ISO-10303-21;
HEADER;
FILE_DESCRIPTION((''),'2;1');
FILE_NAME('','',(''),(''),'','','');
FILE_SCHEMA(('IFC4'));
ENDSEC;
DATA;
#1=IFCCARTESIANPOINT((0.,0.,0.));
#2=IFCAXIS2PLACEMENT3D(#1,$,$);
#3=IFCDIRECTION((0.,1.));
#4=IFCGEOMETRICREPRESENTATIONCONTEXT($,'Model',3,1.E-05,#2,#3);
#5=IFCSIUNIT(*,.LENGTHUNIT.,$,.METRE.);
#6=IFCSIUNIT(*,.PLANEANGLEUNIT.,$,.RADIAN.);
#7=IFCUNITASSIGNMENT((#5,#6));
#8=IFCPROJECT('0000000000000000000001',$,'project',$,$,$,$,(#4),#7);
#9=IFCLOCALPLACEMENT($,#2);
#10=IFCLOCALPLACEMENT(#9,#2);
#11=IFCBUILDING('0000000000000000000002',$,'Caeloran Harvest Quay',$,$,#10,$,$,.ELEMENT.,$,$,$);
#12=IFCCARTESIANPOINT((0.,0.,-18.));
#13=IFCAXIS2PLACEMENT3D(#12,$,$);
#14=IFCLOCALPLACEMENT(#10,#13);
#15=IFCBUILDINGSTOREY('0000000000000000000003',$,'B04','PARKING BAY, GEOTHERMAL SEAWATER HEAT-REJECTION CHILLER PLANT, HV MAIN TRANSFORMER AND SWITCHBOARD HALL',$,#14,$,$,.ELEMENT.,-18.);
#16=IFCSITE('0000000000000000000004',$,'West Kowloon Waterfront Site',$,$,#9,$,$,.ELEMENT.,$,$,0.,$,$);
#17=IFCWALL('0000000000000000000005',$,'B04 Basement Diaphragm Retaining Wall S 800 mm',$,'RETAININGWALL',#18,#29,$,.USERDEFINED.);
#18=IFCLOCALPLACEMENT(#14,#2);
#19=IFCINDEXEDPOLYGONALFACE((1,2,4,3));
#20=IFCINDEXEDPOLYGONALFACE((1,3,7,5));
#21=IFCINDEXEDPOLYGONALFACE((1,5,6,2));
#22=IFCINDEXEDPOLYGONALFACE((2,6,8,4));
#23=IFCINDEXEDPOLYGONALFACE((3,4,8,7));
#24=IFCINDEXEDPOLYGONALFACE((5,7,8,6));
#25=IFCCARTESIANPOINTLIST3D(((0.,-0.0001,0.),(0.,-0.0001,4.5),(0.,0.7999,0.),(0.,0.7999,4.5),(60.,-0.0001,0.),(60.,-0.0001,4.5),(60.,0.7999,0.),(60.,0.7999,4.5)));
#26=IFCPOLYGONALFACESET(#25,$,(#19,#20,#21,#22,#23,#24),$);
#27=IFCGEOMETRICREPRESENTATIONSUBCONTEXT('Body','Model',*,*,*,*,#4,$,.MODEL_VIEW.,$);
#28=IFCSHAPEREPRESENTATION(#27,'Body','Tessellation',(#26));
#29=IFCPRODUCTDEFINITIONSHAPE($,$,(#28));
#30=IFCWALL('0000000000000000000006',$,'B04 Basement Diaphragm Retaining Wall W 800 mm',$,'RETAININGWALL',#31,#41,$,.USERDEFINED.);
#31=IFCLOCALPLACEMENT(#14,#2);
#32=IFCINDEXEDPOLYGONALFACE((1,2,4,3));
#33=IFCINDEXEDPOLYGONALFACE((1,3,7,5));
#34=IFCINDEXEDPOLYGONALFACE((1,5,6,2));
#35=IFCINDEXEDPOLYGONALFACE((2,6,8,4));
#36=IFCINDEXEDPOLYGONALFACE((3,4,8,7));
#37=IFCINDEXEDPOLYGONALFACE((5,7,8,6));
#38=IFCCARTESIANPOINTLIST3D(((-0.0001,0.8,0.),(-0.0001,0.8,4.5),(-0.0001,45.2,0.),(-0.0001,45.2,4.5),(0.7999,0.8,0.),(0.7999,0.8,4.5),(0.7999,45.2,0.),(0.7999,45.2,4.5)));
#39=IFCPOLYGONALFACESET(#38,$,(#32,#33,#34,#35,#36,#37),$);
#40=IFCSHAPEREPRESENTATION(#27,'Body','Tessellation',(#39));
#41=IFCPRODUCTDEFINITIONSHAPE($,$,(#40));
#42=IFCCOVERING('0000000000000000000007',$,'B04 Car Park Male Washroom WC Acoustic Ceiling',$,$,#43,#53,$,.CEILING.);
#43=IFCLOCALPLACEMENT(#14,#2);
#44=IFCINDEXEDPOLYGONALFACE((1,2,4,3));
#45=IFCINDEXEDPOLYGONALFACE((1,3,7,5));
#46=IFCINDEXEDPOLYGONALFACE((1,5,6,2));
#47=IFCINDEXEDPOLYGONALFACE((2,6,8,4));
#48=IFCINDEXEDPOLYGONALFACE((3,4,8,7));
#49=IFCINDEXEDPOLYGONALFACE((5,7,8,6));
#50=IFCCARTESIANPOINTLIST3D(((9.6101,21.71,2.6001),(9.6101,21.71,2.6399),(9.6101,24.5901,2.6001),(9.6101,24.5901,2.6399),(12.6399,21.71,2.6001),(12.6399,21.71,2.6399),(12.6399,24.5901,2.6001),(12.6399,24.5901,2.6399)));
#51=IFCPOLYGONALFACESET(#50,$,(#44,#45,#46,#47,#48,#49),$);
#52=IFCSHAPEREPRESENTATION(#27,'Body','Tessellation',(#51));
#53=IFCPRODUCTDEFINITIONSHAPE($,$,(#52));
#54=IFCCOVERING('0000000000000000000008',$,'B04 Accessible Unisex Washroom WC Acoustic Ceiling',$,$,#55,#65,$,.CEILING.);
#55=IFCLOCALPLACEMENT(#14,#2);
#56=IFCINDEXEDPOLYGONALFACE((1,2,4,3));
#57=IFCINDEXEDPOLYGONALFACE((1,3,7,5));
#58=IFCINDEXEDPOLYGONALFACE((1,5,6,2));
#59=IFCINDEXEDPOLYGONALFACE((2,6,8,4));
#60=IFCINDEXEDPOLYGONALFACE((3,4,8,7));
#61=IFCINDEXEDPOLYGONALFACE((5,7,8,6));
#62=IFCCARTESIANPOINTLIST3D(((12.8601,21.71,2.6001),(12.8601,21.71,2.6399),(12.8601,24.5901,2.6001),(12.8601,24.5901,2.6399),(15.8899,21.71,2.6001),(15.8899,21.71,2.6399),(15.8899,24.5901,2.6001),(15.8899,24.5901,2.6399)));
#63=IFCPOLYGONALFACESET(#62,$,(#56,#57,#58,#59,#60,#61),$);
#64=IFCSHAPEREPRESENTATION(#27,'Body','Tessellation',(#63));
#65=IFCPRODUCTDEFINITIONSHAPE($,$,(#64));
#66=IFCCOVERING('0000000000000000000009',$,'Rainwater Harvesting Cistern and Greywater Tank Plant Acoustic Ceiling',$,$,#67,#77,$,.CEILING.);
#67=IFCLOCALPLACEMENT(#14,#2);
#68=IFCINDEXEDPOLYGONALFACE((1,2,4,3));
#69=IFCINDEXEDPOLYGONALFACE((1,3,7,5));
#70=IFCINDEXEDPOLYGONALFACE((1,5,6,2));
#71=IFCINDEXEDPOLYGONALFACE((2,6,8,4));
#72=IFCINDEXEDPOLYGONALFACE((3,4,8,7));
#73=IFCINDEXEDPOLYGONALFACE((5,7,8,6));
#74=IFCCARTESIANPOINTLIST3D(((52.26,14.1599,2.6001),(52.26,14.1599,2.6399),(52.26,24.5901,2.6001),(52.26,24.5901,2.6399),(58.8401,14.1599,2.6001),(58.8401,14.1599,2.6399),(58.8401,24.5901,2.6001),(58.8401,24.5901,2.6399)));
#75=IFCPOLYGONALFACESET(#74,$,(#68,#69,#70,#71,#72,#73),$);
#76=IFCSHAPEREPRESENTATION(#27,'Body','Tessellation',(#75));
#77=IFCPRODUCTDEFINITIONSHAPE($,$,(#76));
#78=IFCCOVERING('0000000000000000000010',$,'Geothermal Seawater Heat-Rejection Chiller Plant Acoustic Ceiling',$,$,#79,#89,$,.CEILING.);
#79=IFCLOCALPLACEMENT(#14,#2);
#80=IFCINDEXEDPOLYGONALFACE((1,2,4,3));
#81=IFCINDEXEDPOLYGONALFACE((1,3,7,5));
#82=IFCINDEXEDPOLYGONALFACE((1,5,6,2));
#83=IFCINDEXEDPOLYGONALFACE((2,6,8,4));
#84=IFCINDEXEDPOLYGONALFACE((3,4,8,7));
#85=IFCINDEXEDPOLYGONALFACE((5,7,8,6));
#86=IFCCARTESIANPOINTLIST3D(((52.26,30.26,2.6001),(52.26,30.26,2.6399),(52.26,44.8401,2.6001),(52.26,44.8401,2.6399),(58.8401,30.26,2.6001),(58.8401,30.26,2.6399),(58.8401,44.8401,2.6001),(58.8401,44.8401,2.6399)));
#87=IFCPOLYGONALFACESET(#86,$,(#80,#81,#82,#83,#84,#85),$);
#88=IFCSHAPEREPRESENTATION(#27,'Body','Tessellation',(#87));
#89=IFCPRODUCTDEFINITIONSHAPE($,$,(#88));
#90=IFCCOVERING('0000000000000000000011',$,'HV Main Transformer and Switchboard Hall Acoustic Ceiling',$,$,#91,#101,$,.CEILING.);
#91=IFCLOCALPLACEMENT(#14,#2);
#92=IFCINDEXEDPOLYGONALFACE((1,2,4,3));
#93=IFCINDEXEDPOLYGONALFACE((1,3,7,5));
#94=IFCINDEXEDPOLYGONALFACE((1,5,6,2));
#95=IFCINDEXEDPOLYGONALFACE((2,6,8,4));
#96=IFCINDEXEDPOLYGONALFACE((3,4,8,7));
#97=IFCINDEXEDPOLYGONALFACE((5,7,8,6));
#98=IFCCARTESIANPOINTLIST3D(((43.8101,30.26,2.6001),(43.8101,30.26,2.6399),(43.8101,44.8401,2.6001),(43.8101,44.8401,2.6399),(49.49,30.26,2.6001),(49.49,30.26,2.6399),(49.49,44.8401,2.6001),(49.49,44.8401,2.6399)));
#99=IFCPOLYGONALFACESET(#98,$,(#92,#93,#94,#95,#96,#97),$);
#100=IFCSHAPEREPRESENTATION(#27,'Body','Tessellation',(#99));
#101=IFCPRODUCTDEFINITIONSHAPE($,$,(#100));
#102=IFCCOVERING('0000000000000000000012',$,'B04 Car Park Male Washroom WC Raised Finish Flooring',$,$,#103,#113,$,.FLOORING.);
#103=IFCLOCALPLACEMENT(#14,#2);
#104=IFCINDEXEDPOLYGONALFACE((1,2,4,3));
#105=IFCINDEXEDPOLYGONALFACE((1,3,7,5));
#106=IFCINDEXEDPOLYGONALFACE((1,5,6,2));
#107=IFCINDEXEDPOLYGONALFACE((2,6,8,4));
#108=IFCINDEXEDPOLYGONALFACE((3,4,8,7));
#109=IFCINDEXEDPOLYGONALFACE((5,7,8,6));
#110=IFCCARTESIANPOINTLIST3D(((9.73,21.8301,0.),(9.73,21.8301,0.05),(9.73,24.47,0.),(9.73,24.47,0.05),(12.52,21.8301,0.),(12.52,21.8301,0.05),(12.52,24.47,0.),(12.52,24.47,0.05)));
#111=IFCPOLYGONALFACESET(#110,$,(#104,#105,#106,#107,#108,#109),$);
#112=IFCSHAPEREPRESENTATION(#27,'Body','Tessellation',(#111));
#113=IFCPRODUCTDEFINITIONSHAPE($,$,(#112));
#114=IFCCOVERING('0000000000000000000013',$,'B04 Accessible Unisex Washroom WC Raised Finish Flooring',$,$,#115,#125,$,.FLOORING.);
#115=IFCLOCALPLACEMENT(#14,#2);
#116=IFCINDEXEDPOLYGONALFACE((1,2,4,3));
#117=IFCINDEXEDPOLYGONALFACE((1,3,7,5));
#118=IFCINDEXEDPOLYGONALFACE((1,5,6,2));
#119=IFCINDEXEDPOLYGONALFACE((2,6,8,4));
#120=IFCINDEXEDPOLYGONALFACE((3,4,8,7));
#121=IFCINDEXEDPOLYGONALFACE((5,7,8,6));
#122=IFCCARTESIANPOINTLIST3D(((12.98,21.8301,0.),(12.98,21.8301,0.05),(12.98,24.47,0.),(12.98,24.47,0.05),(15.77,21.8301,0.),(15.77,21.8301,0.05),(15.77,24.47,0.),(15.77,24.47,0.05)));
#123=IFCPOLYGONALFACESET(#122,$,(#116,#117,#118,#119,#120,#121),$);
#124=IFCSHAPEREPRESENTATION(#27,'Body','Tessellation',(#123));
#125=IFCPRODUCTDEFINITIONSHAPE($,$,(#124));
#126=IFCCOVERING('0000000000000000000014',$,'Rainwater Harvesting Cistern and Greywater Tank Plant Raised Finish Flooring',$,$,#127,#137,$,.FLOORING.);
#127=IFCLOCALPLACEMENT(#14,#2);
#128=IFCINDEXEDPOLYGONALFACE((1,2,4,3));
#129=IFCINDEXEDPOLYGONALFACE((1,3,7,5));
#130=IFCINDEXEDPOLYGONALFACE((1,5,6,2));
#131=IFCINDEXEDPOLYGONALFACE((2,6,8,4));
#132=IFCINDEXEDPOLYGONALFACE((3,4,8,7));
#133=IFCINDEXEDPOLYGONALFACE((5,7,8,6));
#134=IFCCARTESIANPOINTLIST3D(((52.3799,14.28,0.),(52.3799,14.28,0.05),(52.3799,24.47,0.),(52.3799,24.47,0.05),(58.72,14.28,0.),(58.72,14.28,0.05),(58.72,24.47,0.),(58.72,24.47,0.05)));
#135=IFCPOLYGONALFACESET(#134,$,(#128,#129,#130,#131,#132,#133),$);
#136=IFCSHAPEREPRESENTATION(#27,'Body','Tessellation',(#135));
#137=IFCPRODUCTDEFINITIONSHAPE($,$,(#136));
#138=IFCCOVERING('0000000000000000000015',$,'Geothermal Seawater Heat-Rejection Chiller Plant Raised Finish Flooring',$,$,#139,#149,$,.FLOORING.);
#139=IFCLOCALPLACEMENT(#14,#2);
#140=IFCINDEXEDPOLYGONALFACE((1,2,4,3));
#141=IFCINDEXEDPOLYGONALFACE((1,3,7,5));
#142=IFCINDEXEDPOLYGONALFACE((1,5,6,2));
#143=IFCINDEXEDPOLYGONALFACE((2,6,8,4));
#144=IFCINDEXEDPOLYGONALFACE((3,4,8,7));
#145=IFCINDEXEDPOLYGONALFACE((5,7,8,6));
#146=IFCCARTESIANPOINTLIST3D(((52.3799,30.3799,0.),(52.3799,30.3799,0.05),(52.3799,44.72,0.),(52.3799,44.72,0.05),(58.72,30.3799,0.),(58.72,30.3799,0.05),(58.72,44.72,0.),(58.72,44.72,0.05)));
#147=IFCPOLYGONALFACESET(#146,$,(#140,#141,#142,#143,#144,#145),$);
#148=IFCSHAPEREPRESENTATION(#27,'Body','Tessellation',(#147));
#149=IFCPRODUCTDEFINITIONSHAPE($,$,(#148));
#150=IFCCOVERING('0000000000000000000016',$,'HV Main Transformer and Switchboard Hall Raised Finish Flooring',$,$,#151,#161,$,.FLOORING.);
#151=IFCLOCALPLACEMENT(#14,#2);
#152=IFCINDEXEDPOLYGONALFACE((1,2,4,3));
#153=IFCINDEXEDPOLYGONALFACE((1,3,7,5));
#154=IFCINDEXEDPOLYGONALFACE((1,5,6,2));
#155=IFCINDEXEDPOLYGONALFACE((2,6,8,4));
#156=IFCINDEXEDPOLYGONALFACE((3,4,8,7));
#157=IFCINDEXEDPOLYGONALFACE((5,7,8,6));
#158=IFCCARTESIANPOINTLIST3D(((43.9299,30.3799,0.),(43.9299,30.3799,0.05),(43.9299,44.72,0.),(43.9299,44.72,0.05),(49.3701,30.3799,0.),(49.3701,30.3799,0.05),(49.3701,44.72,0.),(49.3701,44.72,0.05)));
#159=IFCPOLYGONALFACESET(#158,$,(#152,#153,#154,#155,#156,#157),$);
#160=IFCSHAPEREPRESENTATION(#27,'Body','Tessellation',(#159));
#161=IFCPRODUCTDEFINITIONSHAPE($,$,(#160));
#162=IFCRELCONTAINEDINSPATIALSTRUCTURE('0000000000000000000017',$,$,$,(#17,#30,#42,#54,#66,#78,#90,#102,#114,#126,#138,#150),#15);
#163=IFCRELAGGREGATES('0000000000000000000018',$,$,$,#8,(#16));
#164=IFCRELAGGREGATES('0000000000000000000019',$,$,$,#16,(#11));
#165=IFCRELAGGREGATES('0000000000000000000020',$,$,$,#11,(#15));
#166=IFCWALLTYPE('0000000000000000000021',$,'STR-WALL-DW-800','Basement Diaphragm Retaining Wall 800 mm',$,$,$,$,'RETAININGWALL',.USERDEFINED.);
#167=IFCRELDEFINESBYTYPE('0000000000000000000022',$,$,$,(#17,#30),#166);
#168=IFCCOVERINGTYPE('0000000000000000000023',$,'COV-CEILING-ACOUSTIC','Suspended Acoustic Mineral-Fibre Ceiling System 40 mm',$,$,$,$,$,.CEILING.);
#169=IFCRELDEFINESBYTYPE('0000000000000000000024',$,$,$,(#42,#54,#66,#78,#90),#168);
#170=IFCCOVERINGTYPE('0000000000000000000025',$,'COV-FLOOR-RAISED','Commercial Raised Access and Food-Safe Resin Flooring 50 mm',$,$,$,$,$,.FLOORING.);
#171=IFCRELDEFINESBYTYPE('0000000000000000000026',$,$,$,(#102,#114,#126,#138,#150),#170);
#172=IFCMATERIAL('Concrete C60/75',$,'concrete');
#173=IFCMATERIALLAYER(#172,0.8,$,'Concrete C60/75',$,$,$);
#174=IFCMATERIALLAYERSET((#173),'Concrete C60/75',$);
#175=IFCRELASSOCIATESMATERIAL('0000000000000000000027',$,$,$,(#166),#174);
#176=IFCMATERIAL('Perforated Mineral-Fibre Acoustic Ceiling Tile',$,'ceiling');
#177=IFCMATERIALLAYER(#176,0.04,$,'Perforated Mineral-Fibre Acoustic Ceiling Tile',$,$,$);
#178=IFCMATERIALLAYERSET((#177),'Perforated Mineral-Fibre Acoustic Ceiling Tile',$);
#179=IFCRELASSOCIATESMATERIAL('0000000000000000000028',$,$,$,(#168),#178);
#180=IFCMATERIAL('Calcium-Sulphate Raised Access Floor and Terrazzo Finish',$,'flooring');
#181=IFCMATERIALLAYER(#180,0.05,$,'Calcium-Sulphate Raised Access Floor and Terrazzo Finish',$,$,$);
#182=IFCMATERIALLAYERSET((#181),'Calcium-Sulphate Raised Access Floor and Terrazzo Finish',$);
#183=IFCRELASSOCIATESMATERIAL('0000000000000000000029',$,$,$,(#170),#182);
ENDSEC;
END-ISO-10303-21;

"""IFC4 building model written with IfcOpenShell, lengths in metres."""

from ifc_helpers import new_model, si_unit, direction, frame, frame_2d, origin, place, context, subcontext, project, spatial, polyline, rectangle, outline, extrude, material, layer, layer_set, type_object, element, save


model = new_model("IFC4")

# Units and contexts
model_context = context("Model", 3, precision=1e-05, world=origin(), true_north=direction((0.0, 1.0)))
body_context = subcontext(model_context, "Body", "Model", "MODEL_VIEW")
ifc_project = project(units=[si_unit("LENGTHUNIT", "METRE"), si_unit("PLANEANGLEUNIT", "RADIAN")], contexts=[model_context])

# Site, building, storey
site_placement = place(None, origin())
site = spatial("IfcSite", under=ifc_project, at=site_placement, Name="West Kowloon Waterfront Site", CompositionType="ELEMENT", RefElevation=0.0)
building_placement = place(site_placement, origin())
building = spatial("IfcBuilding", under=site, at=building_placement, Name="Caeloran Harvest Quay", CompositionType="ELEMENT")
storey_placement = place(building_placement, frame((0.0, 0.0, -18.0)))
storey = spatial("IfcBuildingStorey", under=building, at=storey_placement, Name="B04", Description="PARKING BAY, GEOTHERMAL SEAWATER HEAT-REJECTION CHILLER PLANT, HV MAIN TRANSFORMER AND SWITCHBOARD HALL", CompositionType="ELEMENT", Elevation=-18.0)

# Shared definitions
ifc_material_1 = material(Name="Concrete C60/75", Category="concrete")

# Walls
ifc_layer_1 = layer(ifc_material_1, 0.8, Name="Concrete C60/75")
ifc_layer_set_1 = layer_set([ifc_layer_1], Name="Concrete C60/75")
wall_type = type_object("IfcWallType", Name="STR-WALL-DW-800", Description="Basement Diaphragm Retaining Wall 800 mm", ElementType="RETAININGWALL", PredefinedType="USERDEFINED", material=ifc_layer_set_1)
wall_1_placement = place(storey_placement, frame((0.0, 0.3999, 0.0), z_axis=(0.0, 0.0, 1.0), x_axis=(1.0, 0.0, 0.0)))
element("IfcWall", 1, at=wall_1_placement, inside=storey, type_object=wall_type, Name="B04 Basement Diaphragm Retaining Wall S 800 mm", ObjectType="RETAININGWALL", PredefinedType="USERDEFINED", context=body_context, shape_type="SweptSolid", body=[
    extrude(rectangle(XDim=60.0, YDim=0.8, at=frame_2d((30.0, 0.0))), origin(), (0.0, 0.0, 1.0), 4.5),
])
wall_2_placement = place(storey_placement, frame((0.3999, 0.8, 0.0), z_axis=(0.0, 0.0, 1.0), x_axis=(0.0, 1.0, 0.0)))
element("IfcWall", 2, at=wall_2_placement, inside=storey, type_object=wall_type, Name="B04 Basement Diaphragm Retaining Wall W 800 mm", ObjectType="RETAININGWALL", PredefinedType="USERDEFINED", context=body_context, shape_type="SweptSolid", body=[
    extrude(rectangle(XDim=44.3999, YDim=0.8, at=frame_2d((22.2, 0.0))), origin(), (0.0, 0.0, 1.0), 4.5),
])

# Coverings
ifc_material_2 = material(Name="Perforated Mineral-Fibre Acoustic Ceiling Tile", Category="ceiling")
ifc_layer_2 = layer(ifc_material_2, 0.04, Name="Perforated Mineral-Fibre Acoustic Ceiling Tile")
ifc_layer_set_2 = layer_set([ifc_layer_2], Name="Perforated Mineral-Fibre Acoustic Ceiling Tile")
covering_type_1 = type_object("IfcCoveringType", Name="COV-CEILING-ACOUSTIC", Description="Suspended Acoustic Mineral-Fibre Ceiling System 40 mm", PredefinedType="CEILING", material=ifc_layer_set_2)
covering_1_placement = place(storey_placement, frame((0.0, 0.0, 2.6001)))
element("IfcCovering", 3, at=covering_1_placement, inside=storey, type_object=covering_type_1, Name="B04 Car Park Male Washroom WC Acoustic Ceiling", PredefinedType="CEILING", context=body_context, shape_type="SweptSolid", body=[
    extrude(outline(polyline([(12.6399, 24.5901), (12.6399, 21.71), (9.6101, 21.71), (9.6101, 24.5901), (12.6399, 24.5901)])), origin(), (0.0, 0.0, 1.0), 0.0398),
])
covering_2_placement = place(storey_placement, frame((0.0, 0.0, 2.6001)))
element("IfcCovering", 4, at=covering_2_placement, inside=storey, type_object=covering_type_1, Name="B04 Accessible Unisex Washroom WC Acoustic Ceiling", PredefinedType="CEILING", context=body_context, shape_type="SweptSolid", body=[
    extrude(outline(polyline([(15.8899, 24.5901), (15.8899, 21.71), (12.8601, 21.71), (12.8601, 24.5901), (15.8899, 24.5901)])), origin(), (0.0, 0.0, 1.0), 0.0398),
])
covering_3_placement = place(storey_placement, frame((0.0, 0.0, 2.6001)))
element("IfcCovering", 5, at=covering_3_placement, inside=storey, type_object=covering_type_1, Name="Rainwater Harvesting Cistern and Greywater Tank Plant Acoustic Ceiling", PredefinedType="CEILING", context=body_context, shape_type="SweptSolid", body=[
    extrude(outline(polyline([(58.8401, 24.5901), (58.8401, 14.1599), (52.26, 14.1599), (52.26, 24.5901), (58.8401, 24.5901)])), origin(), (0.0, 0.0, 1.0), 0.0398),
])
covering_4_placement = place(storey_placement, frame((0.0, 0.0, 2.6001)))
element("IfcCovering", 6, at=covering_4_placement, inside=storey, type_object=covering_type_1, Name="Geothermal Seawater Heat-Rejection Chiller Plant Acoustic Ceiling", PredefinedType="CEILING", context=body_context, shape_type="SweptSolid", body=[
    extrude(outline(polyline([(58.8401, 44.8401), (58.8401, 30.26), (52.26, 30.26), (52.26, 44.8401), (58.8401, 44.8401)])), origin(), (0.0, 0.0, 1.0), 0.0398),
])
covering_5_placement = place(storey_placement, frame((0.0, 0.0, 2.6001)))
element("IfcCovering", 7, at=covering_5_placement, inside=storey, type_object=covering_type_1, Name="HV Main Transformer and Switchboard Hall Acoustic Ceiling", PredefinedType="CEILING", context=body_context, shape_type="SweptSolid", body=[
    extrude(outline(polyline([(49.49, 44.8401), (49.49, 30.26), (43.8101, 30.26), (43.8101, 44.8401), (49.49, 44.8401)])), origin(), (0.0, 0.0, 1.0), 0.0398),
])
ifc_material_3 = material(Name="Calcium-Sulphate Raised Access Floor and Terrazzo Finish", Category="flooring")
ifc_layer_3 = layer(ifc_material_3, 0.05, Name="Calcium-Sulphate Raised Access Floor and Terrazzo Finish")
ifc_layer_set_3 = layer_set([ifc_layer_3], Name="Calcium-Sulphate Raised Access Floor and Terrazzo Finish")
covering_type_2 = type_object("IfcCoveringType", Name="COV-FLOOR-RAISED", Description="Commercial Raised Access and Food-Safe Resin Flooring 50 mm", PredefinedType="FLOORING", material=ifc_layer_set_3)
covering_6_placement = place(storey_placement, origin())
element("IfcCovering", 8, at=covering_6_placement, inside=storey, type_object=covering_type_2, Name="B04 Car Park Male Washroom WC Raised Finish Flooring", PredefinedType="FLOORING", context=body_context, shape_type="SweptSolid", body=[
    extrude(outline(polyline([(12.52, 24.47), (12.52, 21.8301), (9.73, 21.8301), (9.73, 24.47), (12.52, 24.47)])), origin(), (0.0, 0.0, 1.0), 0.05),
])
covering_7_placement = place(storey_placement, origin())
element("IfcCovering", 9, at=covering_7_placement, inside=storey, type_object=covering_type_2, Name="B04 Accessible Unisex Washroom WC Raised Finish Flooring", PredefinedType="FLOORING", context=body_context, shape_type="SweptSolid", body=[
    extrude(outline(polyline([(15.77, 24.47), (15.77, 21.8301), (12.98, 21.8301), (12.98, 24.47), (15.77, 24.47)])), origin(), (0.0, 0.0, 1.0), 0.05),
])
covering_8_placement = place(storey_placement, origin())
element("IfcCovering", 10, at=covering_8_placement, inside=storey, type_object=covering_type_2, Name="Rainwater Harvesting Cistern and Greywater Tank Plant Raised Finish Flooring", PredefinedType="FLOORING", context=body_context, shape_type="SweptSolid", body=[
    extrude(outline(polyline([(58.72, 24.47), (58.72, 14.28), (52.3799, 14.28), (52.3799, 24.47), (58.72, 24.47)])), origin(), (0.0, 0.0, 1.0), 0.05),
])
covering_9_placement = place(storey_placement, origin())
element("IfcCovering", 11, at=covering_9_placement, inside=storey, type_object=covering_type_2, Name="Geothermal Seawater Heat-Rejection Chiller Plant Raised Finish Flooring", PredefinedType="FLOORING", context=body_context, shape_type="SweptSolid", body=[
    extrude(outline(polyline([(58.72, 44.72), (58.72, 30.3799), (52.3799, 30.3799), (52.3799, 44.72), (58.72, 44.72)])), origin(), (0.0, 0.0, 1.0), 0.05),
])
covering_10_placement = place(storey_placement, origin())
element("IfcCovering", 12, at=covering_10_placement, inside=storey, type_object=covering_type_2, Name="HV Main Transformer and Switchboard Hall Raised Finish Flooring", PredefinedType="FLOORING", context=body_context, shape_type="SweptSolid", body=[
    extrude(outline(polyline([(49.3701, 44.72), (49.3701, 30.3799), (43.9299, 30.3799), (43.9299, 44.72), (49.3701, 44.72)])), origin(), (0.0, 0.0, 1.0), 0.05),
])

save(model, "model.ifc")
